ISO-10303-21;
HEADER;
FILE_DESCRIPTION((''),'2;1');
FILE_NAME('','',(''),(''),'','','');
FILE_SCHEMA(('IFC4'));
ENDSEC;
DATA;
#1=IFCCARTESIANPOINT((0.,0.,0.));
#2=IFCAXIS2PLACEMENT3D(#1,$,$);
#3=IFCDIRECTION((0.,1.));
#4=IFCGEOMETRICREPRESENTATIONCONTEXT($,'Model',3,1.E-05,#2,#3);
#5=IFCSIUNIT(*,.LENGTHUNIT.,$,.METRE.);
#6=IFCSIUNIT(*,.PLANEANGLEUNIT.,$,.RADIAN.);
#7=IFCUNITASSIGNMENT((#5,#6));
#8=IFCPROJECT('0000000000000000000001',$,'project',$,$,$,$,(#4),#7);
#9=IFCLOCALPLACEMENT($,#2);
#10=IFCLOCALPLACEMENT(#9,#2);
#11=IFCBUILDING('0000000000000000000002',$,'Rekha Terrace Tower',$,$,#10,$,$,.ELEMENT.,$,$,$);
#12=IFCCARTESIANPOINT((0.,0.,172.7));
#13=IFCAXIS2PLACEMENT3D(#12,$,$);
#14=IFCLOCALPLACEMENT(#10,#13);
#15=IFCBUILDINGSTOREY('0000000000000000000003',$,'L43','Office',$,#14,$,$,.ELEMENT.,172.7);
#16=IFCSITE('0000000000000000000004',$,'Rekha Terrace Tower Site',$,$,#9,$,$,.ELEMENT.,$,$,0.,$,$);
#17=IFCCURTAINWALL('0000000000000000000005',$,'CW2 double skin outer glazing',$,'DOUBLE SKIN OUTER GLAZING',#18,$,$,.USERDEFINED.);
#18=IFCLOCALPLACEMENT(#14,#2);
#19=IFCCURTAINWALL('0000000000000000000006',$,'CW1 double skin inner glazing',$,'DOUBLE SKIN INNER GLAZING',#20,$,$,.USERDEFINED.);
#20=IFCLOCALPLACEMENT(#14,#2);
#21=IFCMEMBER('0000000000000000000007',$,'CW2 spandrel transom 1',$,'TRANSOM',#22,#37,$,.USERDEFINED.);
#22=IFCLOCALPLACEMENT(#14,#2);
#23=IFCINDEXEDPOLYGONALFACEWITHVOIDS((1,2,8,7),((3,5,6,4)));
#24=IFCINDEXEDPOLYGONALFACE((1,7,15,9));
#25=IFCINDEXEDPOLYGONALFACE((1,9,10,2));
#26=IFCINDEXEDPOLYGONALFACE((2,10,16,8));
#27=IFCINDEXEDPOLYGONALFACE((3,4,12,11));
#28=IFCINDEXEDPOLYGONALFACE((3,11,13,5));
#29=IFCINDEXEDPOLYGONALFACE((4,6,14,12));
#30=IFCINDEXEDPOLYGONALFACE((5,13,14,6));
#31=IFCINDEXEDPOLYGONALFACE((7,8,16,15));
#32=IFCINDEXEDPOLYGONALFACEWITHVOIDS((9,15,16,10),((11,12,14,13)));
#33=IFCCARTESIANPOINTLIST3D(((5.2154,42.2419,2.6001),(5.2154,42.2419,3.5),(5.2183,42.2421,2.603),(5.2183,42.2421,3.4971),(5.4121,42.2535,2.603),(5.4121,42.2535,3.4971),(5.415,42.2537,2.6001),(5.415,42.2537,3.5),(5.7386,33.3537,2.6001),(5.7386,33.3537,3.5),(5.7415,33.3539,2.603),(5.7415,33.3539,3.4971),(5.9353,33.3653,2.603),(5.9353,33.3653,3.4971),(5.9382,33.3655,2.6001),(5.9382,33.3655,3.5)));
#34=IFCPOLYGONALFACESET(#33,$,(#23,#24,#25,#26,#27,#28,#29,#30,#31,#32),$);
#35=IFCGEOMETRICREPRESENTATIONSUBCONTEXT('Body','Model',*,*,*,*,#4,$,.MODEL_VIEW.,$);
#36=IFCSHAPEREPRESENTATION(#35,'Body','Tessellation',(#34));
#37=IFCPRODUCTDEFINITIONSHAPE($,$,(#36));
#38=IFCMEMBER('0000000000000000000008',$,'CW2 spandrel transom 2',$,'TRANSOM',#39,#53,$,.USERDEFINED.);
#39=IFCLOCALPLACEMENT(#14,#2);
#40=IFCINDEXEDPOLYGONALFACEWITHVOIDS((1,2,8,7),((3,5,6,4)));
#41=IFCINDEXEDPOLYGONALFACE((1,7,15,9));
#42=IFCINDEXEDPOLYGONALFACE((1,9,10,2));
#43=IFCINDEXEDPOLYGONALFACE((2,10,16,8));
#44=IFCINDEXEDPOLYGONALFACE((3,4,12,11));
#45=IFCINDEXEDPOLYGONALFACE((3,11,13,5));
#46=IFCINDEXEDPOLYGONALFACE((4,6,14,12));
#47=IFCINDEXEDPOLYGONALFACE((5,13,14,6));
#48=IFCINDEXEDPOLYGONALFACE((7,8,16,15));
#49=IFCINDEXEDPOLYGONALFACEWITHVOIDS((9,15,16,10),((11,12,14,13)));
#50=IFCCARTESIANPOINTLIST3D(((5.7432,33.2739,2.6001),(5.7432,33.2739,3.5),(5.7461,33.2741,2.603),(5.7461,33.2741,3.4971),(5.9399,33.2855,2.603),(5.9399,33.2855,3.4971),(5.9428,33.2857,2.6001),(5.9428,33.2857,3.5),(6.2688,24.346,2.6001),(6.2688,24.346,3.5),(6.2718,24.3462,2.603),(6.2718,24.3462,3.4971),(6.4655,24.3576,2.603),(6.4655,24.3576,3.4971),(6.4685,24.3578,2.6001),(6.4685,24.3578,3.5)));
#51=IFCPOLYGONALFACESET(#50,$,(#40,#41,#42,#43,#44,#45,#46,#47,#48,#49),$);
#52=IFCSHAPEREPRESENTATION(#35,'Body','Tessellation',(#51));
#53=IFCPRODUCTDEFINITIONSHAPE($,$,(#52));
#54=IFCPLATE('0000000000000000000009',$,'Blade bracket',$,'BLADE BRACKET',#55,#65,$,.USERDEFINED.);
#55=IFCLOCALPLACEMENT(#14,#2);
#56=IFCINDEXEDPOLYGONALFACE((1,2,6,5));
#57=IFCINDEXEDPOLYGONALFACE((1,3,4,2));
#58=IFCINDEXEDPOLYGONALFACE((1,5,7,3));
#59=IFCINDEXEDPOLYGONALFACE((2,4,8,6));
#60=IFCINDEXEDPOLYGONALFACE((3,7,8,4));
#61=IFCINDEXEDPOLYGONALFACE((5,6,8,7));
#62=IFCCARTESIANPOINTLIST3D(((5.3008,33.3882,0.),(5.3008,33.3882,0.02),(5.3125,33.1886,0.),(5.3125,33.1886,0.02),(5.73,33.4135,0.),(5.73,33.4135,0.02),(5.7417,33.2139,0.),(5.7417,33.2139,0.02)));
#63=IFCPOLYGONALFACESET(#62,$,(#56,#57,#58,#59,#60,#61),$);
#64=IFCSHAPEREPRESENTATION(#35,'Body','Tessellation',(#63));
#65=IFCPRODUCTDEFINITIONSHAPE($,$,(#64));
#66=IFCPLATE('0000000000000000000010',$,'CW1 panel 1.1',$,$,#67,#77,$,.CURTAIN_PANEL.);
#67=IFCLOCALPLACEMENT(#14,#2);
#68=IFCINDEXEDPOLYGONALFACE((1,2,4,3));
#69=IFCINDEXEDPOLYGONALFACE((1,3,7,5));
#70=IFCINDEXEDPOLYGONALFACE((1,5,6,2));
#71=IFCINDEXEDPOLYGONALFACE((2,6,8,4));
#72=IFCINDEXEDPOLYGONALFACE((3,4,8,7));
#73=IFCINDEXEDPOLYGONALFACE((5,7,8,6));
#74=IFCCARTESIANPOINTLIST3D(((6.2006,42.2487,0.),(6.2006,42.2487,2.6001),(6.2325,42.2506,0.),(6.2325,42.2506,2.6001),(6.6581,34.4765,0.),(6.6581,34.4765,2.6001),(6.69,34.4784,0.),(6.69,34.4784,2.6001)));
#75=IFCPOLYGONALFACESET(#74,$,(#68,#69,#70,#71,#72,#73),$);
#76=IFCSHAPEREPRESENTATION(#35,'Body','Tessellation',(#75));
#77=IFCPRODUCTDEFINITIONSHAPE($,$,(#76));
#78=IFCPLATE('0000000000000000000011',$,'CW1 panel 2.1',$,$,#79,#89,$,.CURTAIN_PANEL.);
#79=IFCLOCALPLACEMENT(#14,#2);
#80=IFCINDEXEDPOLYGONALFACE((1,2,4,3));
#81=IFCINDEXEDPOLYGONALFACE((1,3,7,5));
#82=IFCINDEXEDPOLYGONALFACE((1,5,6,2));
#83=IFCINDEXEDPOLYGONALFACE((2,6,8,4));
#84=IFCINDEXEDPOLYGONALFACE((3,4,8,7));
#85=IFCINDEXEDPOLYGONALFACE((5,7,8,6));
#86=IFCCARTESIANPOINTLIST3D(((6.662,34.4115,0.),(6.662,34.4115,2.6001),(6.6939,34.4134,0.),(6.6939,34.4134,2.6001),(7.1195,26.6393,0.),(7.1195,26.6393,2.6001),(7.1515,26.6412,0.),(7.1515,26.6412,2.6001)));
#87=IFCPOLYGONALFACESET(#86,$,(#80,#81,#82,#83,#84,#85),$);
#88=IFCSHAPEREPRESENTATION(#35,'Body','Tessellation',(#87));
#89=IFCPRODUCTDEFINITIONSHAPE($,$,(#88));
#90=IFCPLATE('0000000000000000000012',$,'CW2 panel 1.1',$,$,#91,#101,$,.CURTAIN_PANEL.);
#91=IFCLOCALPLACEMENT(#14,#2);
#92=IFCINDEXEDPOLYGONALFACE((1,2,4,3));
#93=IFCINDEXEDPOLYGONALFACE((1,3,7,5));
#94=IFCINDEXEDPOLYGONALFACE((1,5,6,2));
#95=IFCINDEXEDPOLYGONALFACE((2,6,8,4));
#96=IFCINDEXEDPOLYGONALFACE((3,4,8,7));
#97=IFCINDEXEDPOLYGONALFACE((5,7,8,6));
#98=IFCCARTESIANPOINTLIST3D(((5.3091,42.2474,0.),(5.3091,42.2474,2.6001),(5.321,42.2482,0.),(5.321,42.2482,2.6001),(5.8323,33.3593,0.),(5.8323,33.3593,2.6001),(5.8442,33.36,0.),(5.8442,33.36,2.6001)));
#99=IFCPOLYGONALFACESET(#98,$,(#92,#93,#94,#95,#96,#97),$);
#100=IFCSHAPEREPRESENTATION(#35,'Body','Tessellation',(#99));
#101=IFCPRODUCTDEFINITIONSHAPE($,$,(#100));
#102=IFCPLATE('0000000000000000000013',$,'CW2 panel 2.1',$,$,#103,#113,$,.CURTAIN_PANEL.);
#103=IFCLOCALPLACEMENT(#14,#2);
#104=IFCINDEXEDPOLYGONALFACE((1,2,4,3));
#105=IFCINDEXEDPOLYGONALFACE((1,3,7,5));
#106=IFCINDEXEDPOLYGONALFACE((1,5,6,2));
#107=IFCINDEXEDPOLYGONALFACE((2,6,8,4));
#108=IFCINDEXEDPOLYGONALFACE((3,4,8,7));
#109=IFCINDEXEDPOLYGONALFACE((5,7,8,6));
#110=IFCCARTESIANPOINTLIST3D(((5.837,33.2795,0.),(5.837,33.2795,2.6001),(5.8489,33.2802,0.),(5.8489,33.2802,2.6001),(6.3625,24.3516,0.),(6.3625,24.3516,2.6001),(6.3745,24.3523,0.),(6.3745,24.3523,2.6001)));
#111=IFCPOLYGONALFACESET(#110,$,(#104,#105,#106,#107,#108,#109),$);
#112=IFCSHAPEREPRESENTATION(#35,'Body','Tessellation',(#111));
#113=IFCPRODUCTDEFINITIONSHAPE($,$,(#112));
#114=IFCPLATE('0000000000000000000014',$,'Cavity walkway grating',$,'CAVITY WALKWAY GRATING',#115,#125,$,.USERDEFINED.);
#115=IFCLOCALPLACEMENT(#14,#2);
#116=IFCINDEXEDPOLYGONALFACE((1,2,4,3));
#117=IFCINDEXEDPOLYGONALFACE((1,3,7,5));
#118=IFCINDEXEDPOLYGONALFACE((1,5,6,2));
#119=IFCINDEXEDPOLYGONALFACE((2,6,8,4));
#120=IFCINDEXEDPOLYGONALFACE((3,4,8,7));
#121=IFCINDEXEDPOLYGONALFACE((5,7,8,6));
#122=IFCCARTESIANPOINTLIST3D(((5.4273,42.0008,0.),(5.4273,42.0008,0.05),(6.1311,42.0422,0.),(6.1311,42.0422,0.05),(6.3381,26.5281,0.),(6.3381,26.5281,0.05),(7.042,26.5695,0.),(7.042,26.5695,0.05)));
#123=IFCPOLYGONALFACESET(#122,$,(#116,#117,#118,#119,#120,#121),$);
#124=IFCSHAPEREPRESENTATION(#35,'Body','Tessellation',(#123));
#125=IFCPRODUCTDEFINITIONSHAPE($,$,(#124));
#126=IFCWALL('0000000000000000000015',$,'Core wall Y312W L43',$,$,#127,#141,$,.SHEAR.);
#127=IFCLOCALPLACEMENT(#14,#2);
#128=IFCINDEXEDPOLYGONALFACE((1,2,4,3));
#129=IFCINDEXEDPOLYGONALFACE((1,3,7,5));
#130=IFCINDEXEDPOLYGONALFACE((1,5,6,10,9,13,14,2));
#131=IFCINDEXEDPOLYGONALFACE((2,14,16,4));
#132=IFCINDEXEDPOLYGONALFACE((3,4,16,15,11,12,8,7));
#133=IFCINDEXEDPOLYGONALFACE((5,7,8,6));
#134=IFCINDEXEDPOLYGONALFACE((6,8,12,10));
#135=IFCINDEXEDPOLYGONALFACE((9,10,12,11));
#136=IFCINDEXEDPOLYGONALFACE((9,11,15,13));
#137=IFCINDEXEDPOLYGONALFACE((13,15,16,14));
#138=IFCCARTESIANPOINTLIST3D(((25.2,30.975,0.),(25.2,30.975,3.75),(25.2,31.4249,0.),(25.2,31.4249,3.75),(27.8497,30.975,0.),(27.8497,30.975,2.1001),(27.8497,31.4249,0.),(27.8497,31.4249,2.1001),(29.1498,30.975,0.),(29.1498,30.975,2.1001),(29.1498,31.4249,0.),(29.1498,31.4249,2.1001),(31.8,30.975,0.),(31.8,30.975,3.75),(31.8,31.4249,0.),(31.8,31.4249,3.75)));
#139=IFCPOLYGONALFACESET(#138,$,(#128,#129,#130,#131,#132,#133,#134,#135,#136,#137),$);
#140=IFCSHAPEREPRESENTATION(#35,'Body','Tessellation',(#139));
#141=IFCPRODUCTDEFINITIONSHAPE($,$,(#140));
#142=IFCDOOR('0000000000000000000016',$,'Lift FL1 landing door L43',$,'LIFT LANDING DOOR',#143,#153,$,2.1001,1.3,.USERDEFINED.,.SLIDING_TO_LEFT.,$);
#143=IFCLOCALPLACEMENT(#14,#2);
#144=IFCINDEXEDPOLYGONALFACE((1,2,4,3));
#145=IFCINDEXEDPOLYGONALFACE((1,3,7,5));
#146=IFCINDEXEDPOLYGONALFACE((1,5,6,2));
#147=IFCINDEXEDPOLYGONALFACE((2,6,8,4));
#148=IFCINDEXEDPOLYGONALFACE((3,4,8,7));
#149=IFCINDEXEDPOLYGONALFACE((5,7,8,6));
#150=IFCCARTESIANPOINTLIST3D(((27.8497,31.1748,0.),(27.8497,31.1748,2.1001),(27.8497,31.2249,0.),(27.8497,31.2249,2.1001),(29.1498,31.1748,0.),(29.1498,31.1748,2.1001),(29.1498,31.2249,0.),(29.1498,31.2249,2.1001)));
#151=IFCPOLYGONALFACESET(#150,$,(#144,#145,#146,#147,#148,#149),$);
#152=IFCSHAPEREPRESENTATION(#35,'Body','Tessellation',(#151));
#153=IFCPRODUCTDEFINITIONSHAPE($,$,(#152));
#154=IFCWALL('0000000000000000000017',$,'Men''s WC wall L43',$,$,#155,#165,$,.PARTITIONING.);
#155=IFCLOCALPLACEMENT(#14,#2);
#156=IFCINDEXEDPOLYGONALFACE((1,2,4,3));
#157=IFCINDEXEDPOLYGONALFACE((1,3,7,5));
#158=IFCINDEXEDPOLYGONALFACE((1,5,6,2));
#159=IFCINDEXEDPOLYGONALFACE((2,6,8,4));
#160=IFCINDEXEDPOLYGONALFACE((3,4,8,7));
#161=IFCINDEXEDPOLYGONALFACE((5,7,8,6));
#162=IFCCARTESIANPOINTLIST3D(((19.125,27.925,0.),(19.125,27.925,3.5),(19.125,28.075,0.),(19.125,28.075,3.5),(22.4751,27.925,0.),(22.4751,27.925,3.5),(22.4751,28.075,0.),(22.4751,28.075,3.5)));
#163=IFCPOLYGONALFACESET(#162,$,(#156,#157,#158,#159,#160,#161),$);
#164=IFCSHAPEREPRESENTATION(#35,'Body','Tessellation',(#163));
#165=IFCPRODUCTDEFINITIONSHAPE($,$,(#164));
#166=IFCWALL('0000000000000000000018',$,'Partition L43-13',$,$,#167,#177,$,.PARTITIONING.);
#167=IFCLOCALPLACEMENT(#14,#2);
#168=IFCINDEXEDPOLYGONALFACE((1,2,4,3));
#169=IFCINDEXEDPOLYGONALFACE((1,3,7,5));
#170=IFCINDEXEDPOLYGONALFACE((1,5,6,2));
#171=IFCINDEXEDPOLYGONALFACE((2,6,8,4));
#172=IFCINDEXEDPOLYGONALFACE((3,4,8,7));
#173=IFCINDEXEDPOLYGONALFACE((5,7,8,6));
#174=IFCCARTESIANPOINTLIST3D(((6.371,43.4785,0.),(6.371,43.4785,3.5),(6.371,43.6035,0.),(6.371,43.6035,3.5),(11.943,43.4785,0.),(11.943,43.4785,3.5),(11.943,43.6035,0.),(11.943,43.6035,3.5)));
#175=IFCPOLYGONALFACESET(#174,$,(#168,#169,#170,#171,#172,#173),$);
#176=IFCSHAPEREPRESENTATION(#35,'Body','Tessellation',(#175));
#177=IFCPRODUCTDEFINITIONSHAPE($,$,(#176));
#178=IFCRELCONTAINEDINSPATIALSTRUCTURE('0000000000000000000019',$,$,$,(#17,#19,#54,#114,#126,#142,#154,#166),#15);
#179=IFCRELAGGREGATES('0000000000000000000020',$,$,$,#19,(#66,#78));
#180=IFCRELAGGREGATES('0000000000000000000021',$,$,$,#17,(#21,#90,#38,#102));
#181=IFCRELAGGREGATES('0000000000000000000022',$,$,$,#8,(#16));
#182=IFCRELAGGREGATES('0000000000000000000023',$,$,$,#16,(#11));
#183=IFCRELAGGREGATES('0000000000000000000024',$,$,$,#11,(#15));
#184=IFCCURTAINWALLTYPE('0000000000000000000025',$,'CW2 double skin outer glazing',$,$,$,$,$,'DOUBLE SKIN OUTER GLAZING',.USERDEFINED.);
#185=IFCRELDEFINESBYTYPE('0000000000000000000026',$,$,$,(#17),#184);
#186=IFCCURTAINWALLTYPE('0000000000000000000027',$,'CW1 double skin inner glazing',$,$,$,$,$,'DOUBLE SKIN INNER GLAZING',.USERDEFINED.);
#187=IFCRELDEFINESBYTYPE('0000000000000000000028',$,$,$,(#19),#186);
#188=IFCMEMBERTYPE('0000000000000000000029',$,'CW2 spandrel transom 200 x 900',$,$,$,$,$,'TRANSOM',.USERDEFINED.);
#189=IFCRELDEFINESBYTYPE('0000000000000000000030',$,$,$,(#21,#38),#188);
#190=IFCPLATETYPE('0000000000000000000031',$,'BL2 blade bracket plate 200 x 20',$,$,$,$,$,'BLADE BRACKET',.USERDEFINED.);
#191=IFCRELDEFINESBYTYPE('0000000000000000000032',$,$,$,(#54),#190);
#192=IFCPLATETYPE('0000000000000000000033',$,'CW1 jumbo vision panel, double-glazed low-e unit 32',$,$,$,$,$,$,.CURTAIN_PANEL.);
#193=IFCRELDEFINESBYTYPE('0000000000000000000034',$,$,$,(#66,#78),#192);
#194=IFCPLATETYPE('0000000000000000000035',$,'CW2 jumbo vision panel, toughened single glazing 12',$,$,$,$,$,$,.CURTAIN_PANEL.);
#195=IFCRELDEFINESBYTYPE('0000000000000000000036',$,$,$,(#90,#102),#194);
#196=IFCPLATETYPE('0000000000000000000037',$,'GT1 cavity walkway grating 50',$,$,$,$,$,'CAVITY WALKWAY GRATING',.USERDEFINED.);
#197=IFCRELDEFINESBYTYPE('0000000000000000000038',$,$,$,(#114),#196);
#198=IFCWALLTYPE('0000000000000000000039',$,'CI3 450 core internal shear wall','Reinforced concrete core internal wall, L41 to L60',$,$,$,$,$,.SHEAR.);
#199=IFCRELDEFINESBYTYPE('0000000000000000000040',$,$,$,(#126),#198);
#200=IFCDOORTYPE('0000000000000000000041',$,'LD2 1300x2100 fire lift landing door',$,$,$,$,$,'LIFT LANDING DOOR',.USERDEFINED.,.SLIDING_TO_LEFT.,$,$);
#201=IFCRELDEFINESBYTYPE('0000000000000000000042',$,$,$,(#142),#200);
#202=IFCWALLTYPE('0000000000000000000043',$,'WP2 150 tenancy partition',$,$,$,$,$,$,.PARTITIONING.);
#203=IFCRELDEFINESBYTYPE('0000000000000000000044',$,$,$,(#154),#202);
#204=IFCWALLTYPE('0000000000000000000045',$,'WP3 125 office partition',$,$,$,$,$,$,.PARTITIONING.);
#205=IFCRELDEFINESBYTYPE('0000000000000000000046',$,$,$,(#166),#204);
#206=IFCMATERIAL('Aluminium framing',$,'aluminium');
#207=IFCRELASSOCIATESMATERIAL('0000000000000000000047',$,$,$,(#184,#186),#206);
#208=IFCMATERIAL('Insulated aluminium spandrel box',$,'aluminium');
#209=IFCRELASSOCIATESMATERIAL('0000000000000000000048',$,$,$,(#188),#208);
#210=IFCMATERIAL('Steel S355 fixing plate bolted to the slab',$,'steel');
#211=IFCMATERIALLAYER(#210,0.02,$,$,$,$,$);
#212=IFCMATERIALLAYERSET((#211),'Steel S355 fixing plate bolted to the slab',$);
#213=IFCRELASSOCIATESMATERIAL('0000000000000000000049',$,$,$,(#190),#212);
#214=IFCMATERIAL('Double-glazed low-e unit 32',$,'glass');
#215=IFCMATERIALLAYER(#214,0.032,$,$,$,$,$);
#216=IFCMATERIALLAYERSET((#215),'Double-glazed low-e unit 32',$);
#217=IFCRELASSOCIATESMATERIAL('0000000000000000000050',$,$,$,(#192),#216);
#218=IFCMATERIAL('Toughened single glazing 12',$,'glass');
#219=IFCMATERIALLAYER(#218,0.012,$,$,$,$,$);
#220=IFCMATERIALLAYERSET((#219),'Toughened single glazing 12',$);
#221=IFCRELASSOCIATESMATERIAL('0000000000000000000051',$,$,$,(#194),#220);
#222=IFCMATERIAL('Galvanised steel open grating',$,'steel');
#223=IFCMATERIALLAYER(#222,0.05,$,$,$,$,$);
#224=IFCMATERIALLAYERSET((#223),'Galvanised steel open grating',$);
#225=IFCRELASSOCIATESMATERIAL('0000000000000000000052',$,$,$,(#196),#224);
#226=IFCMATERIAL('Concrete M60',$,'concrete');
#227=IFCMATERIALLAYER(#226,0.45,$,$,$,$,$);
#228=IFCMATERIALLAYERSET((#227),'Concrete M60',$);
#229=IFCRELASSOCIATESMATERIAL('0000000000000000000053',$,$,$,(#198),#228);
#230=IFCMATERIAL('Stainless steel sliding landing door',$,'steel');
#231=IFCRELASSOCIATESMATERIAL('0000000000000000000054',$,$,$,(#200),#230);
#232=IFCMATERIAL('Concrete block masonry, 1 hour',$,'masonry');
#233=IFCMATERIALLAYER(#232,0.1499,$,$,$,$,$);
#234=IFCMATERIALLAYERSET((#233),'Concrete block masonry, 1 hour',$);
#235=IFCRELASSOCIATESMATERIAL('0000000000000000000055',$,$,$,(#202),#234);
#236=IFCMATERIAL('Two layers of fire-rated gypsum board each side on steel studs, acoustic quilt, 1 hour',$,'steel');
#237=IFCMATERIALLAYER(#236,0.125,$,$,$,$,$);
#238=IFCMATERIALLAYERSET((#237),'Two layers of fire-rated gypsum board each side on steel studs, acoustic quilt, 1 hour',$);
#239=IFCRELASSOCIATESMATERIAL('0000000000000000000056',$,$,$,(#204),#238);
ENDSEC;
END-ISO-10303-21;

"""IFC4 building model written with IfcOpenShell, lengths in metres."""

from ifc_helpers import new_model, si_unit, direction, frame, frame_2d, origin, origin_2d, place, context, subcontext, project, spatial, rectangle, hollow_rectangle, extrude, material, layer, layer_set, material_profile, profile_set, type_object, element, fill, aggregate, save


model = new_model("IFC4")

# Units and contexts
model_context = context("Model", 3, precision=1e-05, world=origin(), true_north=direction((0.0, 1.0)))
body_context = subcontext(model_context, "Body", "Model", "MODEL_VIEW")
ifc_project = project(units=[si_unit("LENGTHUNIT", "METRE"), si_unit("PLANEANGLEUNIT", "RADIAN")], contexts=[model_context])

# Site, building, storey
site_placement = place(None, origin())
site = spatial("IfcSite", under=ifc_project, at=site_placement, Name="Rekha Terrace Tower Site", CompositionType="ELEMENT", RefElevation=0.0)
building_placement = place(site_placement, origin())
building = spatial("IfcBuilding", under=site, at=building_placement, Name="Rekha Terrace Tower", CompositionType="ELEMENT")
storey_placement = place(building_placement, frame((0.0, 0.0, 172.7)))
storey = spatial("IfcBuildingStorey", under=building, at=storey_placement, Name="L43", Description="Office", CompositionType="ELEMENT", Elevation=172.7)

# Curtain wall
ifc_material_1 = material(Name="Aluminium framing", Category="aluminium")
curtain_wall_type_1 = type_object("IfcCurtainWallType", Name="CW2 double skin outer glazing", ElementType="DOUBLE SKIN OUTER GLAZING", PredefinedType="USERDEFINED", material=ifc_material_1)
curtain_wall_1_placement = place(storey_placement, origin())
curtain_wall_1 = element("IfcCurtainWall", 1, at=curtain_wall_1_placement, inside=storey, type_object=curtain_wall_type_1, Name="CW2 double skin outer glazing", ObjectType="DOUBLE SKIN OUTER GLAZING", PredefinedType="USERDEFINED")

# Curtain wall
curtain_wall_type_2 = type_object("IfcCurtainWallType", Name="CW1 double skin inner glazing", ElementType="DOUBLE SKIN INNER GLAZING", PredefinedType="USERDEFINED", material=ifc_material_1)
curtain_wall_2_placement = place(storey_placement, origin())
curtain_wall_2 = element("IfcCurtainWall", 2, at=curtain_wall_2_placement, inside=storey, type_object=curtain_wall_type_2, Name="CW1 double skin inner glazing", ObjectType="DOUBLE SKIN INNER GLAZING", PredefinedType="USERDEFINED")
ifc_material_2 = material(Name="Insulated aluminium spandrel box", Category="aluminium")

# Members
ifc_material_profile_1 = material_profile(ifc_material_2, hollow_rectangle(XDim=0.2, YDim=0.8999, WallThickness=0.0029, at=origin_2d()), Name="AL SPANDREL BOX 200x900")
ifc_profile_set_1 = profile_set([ifc_material_profile_1], Name="Insulated aluminium spandrel box")
member_type_1 = type_object("IfcMemberType", Name="CW2 spandrel transom 200 x 900", ElementType="TRANSOM", PredefinedType="USERDEFINED", material=ifc_profile_set_1)
member_1_placement = place(storey_placement, frame((5.3152, 42.2478, 3.05), z_axis=(0.058762, -0.998272, 0.0), x_axis=(0.998272, 0.058762, 0.0)))
member_1 = element("IfcMember", 3, at=member_1_placement, type_object=member_type_1, Name="CW2 spandrel transom 1", ObjectType="TRANSOM", PredefinedType="USERDEFINED", context=body_context, shape_type="SweptSolid", body=[
    extrude(hollow_rectangle(XDim=0.2, YDim=0.8999, WallThickness=0.0029, at=origin_2d()), origin(), (0.0, 0.0, 1.0), 8.9036),
])
member_2_placement = place(storey_placement, frame((5.843, 33.2798, 3.05), z_axis=(0.058773, -0.998271, 0.0), x_axis=(0.998271, 0.058773, 0.0)))
member_2 = element("IfcMember", 4, at=member_2_placement, type_object=member_type_1, Name="CW2 spandrel transom 2", ObjectType="TRANSOM", PredefinedType="USERDEFINED", context=body_context, shape_type="SweptSolid", body=[
    extrude(hollow_rectangle(XDim=0.2, YDim=0.8999, WallThickness=0.0029, at=origin_2d()), origin(), (0.0, 0.0, 1.0), 8.9434),
])

# Plates
ifc_material_3 = material(Name="Steel S355 fixing plate bolted to the slab", Category="steel")
ifc_layer_1 = layer(ifc_material_3, 0.02)
ifc_layer_set_1 = layer_set([ifc_layer_1], Name="Steel S355 fixing plate bolted to the slab")
plate_type_1 = type_object("IfcPlateType", Name="BL2 blade bracket plate 200 x 20", ElementType="BLADE BRACKET", PredefinedType="USERDEFINED", material=ifc_layer_set_1)
plate_1_placement = place(storey_placement, frame((5.5212, 33.301, 0.0), z_axis=(0.0, 0.0, 1.0), x_axis=(-0.998272, -0.058765, 0.0)))
element("IfcPlate", 5, at=plate_1_placement, inside=storey, type_object=plate_type_1, Name="Blade bracket", ObjectType="BLADE BRACKET", PredefinedType="USERDEFINED", context=body_context, shape_type="SweptSolid", body=[
    extrude(rectangle(XDim=0.4299, YDim=0.2, at=origin_2d()), origin(), (0.0, 0.0, 1.0), 0.02),
])
ifc_material_4 = material(Name="Double-glazed low-e unit 32", Category="glass")
ifc_layer_2 = layer(ifc_material_4, 0.032)
ifc_layer_set_2 = layer_set([ifc_layer_2], Name="Double-glazed low-e unit 32")
plate_type_2 = type_object("IfcPlateType", Name="CW1 jumbo vision panel, double-glazed low-e unit 32", PredefinedType="CURTAIN_PANEL", material=ifc_layer_set_2)
plate_2_placement = place(storey_placement, frame((6.4453, 38.3635, 0.0), z_axis=(0.0, 0.0, 1.0), x_axis=(0.058765, -0.998272, 0.0)))
plate_2 = element("IfcPlate", 6, at=plate_2_placement, type_object=plate_type_2, Name="CW1 panel 1.1", PredefinedType="CURTAIN_PANEL", context=body_context, shape_type="SweptSolid", body=[
    extrude(rectangle(XDim=7.7856, YDim=0.032, at=origin_2d()), origin(), (0.0, 0.0, 1.0), 2.6001),
])
plate_3_placement = place(storey_placement, frame((6.9067, 30.5264, 0.0), z_axis=(0.0, 0.0, 1.0), x_axis=(0.058765, -0.998272, 0.0)))
plate_3 = element("IfcPlate", 7, at=plate_3_placement, type_object=plate_type_2, Name="CW1 panel 2.1", PredefinedType="CURTAIN_PANEL", context=body_context, shape_type="SweptSolid", body=[
    extrude(rectangle(XDim=7.7856, YDim=0.032, at=origin_2d()), origin(), (0.0, 0.0, 1.0), 2.6001),
])
aggregate(curtain_wall_2, [plate_2, plate_3])
ifc_material_5 = material(Name="Toughened single glazing 12", Category="glass")
ifc_layer_3 = layer(ifc_material_5, 0.012)
ifc_layer_set_3 = layer_set([ifc_layer_3], Name="Toughened single glazing 12")
plate_type_3 = type_object("IfcPlateType", Name="CW2 jumbo vision panel, toughened single glazing 12", PredefinedType="CURTAIN_PANEL", material=ifc_layer_set_3)
plate_4_placement = place(storey_placement, frame((5.5767, 37.8037, 0.0), z_axis=(0.0, 0.0, 1.0), x_axis=(0.058765, -0.998272, 0.0)))
plate_4 = element("IfcPlate", 8, at=plate_4_placement, type_object=plate_type_3, Name="CW2 panel 1.1", PredefinedType="CURTAIN_PANEL", context=body_context, shape_type="SweptSolid", body=[
    extrude(rectangle(XDim=8.9036, YDim=0.012, at=origin_2d()), origin(), (0.0, 0.0, 1.0), 2.6001),
])
plate_5_placement = place(storey_placement, frame((6.1057, 28.8159, 0.0), z_axis=(0.0, 0.0, 1.0), x_axis=(0.058765, -0.998272, 0.0)))
plate_5 = element("IfcPlate", 9, at=plate_5_placement, type_object=plate_type_3, Name="CW2 panel 2.1", PredefinedType="CURTAIN_PANEL", context=body_context, shape_type="SweptSolid", body=[
    extrude(rectangle(XDim=8.9434, YDim=0.012, at=origin_2d()), origin(), (0.0, 0.0, 1.0), 2.6001),
])
aggregate(curtain_wall_1, [member_1, plate_4, member_2, plate_5])
ifc_material_6 = material(Name="Galvanised steel open grating", Category="steel")
ifc_layer_4 = layer(ifc_material_6, 0.05)
ifc_layer_set_4 = layer_set([ifc_layer_4], Name="Galvanised steel open grating")
plate_type_4 = type_object("IfcPlateType", Name="GT1 cavity walkway grating 50", ElementType="CAVITY WALKWAY GRATING", PredefinedType="USERDEFINED", material=ifc_layer_set_4)
plate_6_placement = place(storey_placement, frame((6.2346, 34.2852, 0.0), z_axis=(0.0, 0.0, 1.0), x_axis=(0.058765, -0.998272, 0.0)))
element("IfcPlate", 10, at=plate_6_placement, inside=storey, type_object=plate_type_4, Name="Cavity walkway grating", ObjectType="CAVITY WALKWAY GRATING", PredefinedType="USERDEFINED", context=body_context, shape_type="SweptSolid", body=[
    extrude(rectangle(XDim=15.4995, YDim=0.7051, at=origin_2d()), origin(), (0.0, 0.0, 1.0), 0.05),
])

# Wall, opening, door
ifc_material_7 = material(Name="Concrete M60", Category="concrete")
ifc_layer_5 = layer(ifc_material_7, 0.45)
ifc_layer_set_5 = layer_set([ifc_layer_5], Name="Concrete M60")
wall_type_1 = type_object("IfcWallType", Name="CI3 450 core internal shear wall", Description="Reinforced concrete core internal wall, L41 to L60", PredefinedType="SHEAR", material=ifc_layer_set_5)
wall_1_placement = place(storey_placement, frame((25.2, 31.2, 0.0), z_axis=(0.0, 0.0, 1.0), x_axis=(1.0, 0.0, 0.0)))
wall_1 = element("IfcWall", 11, at=wall_1_placement, inside=storey, type_object=wall_type_1, Name="Core wall Y312W L43", PredefinedType="SHEAR", context=body_context, shape_type="SweptSolid", body=[
    extrude(rectangle(XDim=6.6001, YDim=0.45, at=frame_2d((3.3, 0.0))), origin(), (0.0, 0.0, 1.0), 3.75),
])
opening_1_placement = place(wall_1_placement, frame((2.6499, 0.0, 0.0)))
opening_1 = element("IfcOpeningElement", 12, at=opening_1_placement, cuts=wall_1, PredefinedType="OPENING", context=body_context, shape_type="SweptSolid", body=[
    extrude(rectangle(XDim=1.3, YDim=2.1001, at=frame_2d((0.6499, 1.05))), frame((0.0, 0.2349, 0.0), z_axis=(0.0, -1.0, 0.0), x_axis=(1.0, 0.0, 0.0)), (0.0, 0.0, 1.0), 0.47),
])
ifc_material_8 = material(Name="Stainless steel sliding landing door", Category="steel")
door_type_1 = type_object("IfcDoorType", Name="LD2 1300x2100 fire lift landing door", ElementType="LIFT LANDING DOOR", OperationType="SLIDING_TO_LEFT", PredefinedType="USERDEFINED", material=ifc_material_8)
door_1_placement = place(opening_1_placement, origin())
door_1 = element("IfcDoor", 13, at=door_1_placement, inside=storey, type_object=door_type_1, Name="Lift FL1 landing door L43", ObjectType="LIFT LANDING DOOR", OperationType="SLIDING_TO_LEFT", OverallHeight=2.1001, OverallWidth=1.3, PredefinedType="USERDEFINED", context=body_context, shape_type="SweptSolid", body=[
    extrude(rectangle(XDim=1.3, YDim=2.1001, at=frame_2d((0.6499, 1.05))), frame((0.0, 0.0249, 0.0), z_axis=(0.0, -1.0, 0.0), x_axis=(1.0, 0.0, 0.0)), (0.0, 0.0, 1.0), 0.05),
])
fill(opening_1, door_1)

# Walls
ifc_material_9 = material(Name="Concrete block masonry, 1 hour", Category="masonry")
ifc_layer_6 = layer(ifc_material_9, 0.1499)
ifc_layer_set_6 = layer_set([ifc_layer_6], Name="Concrete block masonry, 1 hour")
wall_type_2 = type_object("IfcWallType", Name="WP2 150 tenancy partition", PredefinedType="PARTITIONING", material=ifc_layer_set_6)
wall_2_placement = place(storey_placement, frame((19.125, 28.0, 0.0), z_axis=(0.0, 0.0, 1.0), x_axis=(1.0, 0.0, 0.0)))
element("IfcWall", 14, at=wall_2_placement, inside=storey, type_object=wall_type_2, Name="Men's WC wall L43", PredefinedType="PARTITIONING", context=body_context, shape_type="SweptSolid", body=[
    extrude(rectangle(XDim=3.3501, YDim=0.1499, at=frame_2d((1.675, 0.0))), origin(), (0.0, 0.0, 1.0), 3.5),
])
ifc_material_10 = material(Name="Two layers of fire-rated gypsum board each side on steel studs, acoustic quilt, 1 hour", Category="steel")
ifc_layer_7 = layer(ifc_material_10, 0.125)
ifc_layer_set_7 = layer_set([ifc_layer_7], Name="Two layers of fire-rated gypsum board each side on steel studs, acoustic quilt, 1 hour")
wall_type_3 = type_object("IfcWallType", Name="WP3 125 office partition", PredefinedType="PARTITIONING", material=ifc_layer_set_7)
wall_3_placement = place(storey_placement, frame((11.9431, 43.541, 0.0), z_axis=(0.0, 0.0, 1.0), x_axis=(-1.0, 0.0, 0.0)))
element("IfcWall", 15, at=wall_3_placement, inside=storey, type_object=wall_type_3, Name="Partition L43-13", PredefinedType="PARTITIONING", context=body_context, shape_type="SweptSolid", body=[
    extrude(rectangle(XDim=5.572, YDim=0.125, at=frame_2d((2.7861, 0.0))), origin(), (0.0, 0.0, 1.0), 3.5),
])

save(model, "model.ifc")
